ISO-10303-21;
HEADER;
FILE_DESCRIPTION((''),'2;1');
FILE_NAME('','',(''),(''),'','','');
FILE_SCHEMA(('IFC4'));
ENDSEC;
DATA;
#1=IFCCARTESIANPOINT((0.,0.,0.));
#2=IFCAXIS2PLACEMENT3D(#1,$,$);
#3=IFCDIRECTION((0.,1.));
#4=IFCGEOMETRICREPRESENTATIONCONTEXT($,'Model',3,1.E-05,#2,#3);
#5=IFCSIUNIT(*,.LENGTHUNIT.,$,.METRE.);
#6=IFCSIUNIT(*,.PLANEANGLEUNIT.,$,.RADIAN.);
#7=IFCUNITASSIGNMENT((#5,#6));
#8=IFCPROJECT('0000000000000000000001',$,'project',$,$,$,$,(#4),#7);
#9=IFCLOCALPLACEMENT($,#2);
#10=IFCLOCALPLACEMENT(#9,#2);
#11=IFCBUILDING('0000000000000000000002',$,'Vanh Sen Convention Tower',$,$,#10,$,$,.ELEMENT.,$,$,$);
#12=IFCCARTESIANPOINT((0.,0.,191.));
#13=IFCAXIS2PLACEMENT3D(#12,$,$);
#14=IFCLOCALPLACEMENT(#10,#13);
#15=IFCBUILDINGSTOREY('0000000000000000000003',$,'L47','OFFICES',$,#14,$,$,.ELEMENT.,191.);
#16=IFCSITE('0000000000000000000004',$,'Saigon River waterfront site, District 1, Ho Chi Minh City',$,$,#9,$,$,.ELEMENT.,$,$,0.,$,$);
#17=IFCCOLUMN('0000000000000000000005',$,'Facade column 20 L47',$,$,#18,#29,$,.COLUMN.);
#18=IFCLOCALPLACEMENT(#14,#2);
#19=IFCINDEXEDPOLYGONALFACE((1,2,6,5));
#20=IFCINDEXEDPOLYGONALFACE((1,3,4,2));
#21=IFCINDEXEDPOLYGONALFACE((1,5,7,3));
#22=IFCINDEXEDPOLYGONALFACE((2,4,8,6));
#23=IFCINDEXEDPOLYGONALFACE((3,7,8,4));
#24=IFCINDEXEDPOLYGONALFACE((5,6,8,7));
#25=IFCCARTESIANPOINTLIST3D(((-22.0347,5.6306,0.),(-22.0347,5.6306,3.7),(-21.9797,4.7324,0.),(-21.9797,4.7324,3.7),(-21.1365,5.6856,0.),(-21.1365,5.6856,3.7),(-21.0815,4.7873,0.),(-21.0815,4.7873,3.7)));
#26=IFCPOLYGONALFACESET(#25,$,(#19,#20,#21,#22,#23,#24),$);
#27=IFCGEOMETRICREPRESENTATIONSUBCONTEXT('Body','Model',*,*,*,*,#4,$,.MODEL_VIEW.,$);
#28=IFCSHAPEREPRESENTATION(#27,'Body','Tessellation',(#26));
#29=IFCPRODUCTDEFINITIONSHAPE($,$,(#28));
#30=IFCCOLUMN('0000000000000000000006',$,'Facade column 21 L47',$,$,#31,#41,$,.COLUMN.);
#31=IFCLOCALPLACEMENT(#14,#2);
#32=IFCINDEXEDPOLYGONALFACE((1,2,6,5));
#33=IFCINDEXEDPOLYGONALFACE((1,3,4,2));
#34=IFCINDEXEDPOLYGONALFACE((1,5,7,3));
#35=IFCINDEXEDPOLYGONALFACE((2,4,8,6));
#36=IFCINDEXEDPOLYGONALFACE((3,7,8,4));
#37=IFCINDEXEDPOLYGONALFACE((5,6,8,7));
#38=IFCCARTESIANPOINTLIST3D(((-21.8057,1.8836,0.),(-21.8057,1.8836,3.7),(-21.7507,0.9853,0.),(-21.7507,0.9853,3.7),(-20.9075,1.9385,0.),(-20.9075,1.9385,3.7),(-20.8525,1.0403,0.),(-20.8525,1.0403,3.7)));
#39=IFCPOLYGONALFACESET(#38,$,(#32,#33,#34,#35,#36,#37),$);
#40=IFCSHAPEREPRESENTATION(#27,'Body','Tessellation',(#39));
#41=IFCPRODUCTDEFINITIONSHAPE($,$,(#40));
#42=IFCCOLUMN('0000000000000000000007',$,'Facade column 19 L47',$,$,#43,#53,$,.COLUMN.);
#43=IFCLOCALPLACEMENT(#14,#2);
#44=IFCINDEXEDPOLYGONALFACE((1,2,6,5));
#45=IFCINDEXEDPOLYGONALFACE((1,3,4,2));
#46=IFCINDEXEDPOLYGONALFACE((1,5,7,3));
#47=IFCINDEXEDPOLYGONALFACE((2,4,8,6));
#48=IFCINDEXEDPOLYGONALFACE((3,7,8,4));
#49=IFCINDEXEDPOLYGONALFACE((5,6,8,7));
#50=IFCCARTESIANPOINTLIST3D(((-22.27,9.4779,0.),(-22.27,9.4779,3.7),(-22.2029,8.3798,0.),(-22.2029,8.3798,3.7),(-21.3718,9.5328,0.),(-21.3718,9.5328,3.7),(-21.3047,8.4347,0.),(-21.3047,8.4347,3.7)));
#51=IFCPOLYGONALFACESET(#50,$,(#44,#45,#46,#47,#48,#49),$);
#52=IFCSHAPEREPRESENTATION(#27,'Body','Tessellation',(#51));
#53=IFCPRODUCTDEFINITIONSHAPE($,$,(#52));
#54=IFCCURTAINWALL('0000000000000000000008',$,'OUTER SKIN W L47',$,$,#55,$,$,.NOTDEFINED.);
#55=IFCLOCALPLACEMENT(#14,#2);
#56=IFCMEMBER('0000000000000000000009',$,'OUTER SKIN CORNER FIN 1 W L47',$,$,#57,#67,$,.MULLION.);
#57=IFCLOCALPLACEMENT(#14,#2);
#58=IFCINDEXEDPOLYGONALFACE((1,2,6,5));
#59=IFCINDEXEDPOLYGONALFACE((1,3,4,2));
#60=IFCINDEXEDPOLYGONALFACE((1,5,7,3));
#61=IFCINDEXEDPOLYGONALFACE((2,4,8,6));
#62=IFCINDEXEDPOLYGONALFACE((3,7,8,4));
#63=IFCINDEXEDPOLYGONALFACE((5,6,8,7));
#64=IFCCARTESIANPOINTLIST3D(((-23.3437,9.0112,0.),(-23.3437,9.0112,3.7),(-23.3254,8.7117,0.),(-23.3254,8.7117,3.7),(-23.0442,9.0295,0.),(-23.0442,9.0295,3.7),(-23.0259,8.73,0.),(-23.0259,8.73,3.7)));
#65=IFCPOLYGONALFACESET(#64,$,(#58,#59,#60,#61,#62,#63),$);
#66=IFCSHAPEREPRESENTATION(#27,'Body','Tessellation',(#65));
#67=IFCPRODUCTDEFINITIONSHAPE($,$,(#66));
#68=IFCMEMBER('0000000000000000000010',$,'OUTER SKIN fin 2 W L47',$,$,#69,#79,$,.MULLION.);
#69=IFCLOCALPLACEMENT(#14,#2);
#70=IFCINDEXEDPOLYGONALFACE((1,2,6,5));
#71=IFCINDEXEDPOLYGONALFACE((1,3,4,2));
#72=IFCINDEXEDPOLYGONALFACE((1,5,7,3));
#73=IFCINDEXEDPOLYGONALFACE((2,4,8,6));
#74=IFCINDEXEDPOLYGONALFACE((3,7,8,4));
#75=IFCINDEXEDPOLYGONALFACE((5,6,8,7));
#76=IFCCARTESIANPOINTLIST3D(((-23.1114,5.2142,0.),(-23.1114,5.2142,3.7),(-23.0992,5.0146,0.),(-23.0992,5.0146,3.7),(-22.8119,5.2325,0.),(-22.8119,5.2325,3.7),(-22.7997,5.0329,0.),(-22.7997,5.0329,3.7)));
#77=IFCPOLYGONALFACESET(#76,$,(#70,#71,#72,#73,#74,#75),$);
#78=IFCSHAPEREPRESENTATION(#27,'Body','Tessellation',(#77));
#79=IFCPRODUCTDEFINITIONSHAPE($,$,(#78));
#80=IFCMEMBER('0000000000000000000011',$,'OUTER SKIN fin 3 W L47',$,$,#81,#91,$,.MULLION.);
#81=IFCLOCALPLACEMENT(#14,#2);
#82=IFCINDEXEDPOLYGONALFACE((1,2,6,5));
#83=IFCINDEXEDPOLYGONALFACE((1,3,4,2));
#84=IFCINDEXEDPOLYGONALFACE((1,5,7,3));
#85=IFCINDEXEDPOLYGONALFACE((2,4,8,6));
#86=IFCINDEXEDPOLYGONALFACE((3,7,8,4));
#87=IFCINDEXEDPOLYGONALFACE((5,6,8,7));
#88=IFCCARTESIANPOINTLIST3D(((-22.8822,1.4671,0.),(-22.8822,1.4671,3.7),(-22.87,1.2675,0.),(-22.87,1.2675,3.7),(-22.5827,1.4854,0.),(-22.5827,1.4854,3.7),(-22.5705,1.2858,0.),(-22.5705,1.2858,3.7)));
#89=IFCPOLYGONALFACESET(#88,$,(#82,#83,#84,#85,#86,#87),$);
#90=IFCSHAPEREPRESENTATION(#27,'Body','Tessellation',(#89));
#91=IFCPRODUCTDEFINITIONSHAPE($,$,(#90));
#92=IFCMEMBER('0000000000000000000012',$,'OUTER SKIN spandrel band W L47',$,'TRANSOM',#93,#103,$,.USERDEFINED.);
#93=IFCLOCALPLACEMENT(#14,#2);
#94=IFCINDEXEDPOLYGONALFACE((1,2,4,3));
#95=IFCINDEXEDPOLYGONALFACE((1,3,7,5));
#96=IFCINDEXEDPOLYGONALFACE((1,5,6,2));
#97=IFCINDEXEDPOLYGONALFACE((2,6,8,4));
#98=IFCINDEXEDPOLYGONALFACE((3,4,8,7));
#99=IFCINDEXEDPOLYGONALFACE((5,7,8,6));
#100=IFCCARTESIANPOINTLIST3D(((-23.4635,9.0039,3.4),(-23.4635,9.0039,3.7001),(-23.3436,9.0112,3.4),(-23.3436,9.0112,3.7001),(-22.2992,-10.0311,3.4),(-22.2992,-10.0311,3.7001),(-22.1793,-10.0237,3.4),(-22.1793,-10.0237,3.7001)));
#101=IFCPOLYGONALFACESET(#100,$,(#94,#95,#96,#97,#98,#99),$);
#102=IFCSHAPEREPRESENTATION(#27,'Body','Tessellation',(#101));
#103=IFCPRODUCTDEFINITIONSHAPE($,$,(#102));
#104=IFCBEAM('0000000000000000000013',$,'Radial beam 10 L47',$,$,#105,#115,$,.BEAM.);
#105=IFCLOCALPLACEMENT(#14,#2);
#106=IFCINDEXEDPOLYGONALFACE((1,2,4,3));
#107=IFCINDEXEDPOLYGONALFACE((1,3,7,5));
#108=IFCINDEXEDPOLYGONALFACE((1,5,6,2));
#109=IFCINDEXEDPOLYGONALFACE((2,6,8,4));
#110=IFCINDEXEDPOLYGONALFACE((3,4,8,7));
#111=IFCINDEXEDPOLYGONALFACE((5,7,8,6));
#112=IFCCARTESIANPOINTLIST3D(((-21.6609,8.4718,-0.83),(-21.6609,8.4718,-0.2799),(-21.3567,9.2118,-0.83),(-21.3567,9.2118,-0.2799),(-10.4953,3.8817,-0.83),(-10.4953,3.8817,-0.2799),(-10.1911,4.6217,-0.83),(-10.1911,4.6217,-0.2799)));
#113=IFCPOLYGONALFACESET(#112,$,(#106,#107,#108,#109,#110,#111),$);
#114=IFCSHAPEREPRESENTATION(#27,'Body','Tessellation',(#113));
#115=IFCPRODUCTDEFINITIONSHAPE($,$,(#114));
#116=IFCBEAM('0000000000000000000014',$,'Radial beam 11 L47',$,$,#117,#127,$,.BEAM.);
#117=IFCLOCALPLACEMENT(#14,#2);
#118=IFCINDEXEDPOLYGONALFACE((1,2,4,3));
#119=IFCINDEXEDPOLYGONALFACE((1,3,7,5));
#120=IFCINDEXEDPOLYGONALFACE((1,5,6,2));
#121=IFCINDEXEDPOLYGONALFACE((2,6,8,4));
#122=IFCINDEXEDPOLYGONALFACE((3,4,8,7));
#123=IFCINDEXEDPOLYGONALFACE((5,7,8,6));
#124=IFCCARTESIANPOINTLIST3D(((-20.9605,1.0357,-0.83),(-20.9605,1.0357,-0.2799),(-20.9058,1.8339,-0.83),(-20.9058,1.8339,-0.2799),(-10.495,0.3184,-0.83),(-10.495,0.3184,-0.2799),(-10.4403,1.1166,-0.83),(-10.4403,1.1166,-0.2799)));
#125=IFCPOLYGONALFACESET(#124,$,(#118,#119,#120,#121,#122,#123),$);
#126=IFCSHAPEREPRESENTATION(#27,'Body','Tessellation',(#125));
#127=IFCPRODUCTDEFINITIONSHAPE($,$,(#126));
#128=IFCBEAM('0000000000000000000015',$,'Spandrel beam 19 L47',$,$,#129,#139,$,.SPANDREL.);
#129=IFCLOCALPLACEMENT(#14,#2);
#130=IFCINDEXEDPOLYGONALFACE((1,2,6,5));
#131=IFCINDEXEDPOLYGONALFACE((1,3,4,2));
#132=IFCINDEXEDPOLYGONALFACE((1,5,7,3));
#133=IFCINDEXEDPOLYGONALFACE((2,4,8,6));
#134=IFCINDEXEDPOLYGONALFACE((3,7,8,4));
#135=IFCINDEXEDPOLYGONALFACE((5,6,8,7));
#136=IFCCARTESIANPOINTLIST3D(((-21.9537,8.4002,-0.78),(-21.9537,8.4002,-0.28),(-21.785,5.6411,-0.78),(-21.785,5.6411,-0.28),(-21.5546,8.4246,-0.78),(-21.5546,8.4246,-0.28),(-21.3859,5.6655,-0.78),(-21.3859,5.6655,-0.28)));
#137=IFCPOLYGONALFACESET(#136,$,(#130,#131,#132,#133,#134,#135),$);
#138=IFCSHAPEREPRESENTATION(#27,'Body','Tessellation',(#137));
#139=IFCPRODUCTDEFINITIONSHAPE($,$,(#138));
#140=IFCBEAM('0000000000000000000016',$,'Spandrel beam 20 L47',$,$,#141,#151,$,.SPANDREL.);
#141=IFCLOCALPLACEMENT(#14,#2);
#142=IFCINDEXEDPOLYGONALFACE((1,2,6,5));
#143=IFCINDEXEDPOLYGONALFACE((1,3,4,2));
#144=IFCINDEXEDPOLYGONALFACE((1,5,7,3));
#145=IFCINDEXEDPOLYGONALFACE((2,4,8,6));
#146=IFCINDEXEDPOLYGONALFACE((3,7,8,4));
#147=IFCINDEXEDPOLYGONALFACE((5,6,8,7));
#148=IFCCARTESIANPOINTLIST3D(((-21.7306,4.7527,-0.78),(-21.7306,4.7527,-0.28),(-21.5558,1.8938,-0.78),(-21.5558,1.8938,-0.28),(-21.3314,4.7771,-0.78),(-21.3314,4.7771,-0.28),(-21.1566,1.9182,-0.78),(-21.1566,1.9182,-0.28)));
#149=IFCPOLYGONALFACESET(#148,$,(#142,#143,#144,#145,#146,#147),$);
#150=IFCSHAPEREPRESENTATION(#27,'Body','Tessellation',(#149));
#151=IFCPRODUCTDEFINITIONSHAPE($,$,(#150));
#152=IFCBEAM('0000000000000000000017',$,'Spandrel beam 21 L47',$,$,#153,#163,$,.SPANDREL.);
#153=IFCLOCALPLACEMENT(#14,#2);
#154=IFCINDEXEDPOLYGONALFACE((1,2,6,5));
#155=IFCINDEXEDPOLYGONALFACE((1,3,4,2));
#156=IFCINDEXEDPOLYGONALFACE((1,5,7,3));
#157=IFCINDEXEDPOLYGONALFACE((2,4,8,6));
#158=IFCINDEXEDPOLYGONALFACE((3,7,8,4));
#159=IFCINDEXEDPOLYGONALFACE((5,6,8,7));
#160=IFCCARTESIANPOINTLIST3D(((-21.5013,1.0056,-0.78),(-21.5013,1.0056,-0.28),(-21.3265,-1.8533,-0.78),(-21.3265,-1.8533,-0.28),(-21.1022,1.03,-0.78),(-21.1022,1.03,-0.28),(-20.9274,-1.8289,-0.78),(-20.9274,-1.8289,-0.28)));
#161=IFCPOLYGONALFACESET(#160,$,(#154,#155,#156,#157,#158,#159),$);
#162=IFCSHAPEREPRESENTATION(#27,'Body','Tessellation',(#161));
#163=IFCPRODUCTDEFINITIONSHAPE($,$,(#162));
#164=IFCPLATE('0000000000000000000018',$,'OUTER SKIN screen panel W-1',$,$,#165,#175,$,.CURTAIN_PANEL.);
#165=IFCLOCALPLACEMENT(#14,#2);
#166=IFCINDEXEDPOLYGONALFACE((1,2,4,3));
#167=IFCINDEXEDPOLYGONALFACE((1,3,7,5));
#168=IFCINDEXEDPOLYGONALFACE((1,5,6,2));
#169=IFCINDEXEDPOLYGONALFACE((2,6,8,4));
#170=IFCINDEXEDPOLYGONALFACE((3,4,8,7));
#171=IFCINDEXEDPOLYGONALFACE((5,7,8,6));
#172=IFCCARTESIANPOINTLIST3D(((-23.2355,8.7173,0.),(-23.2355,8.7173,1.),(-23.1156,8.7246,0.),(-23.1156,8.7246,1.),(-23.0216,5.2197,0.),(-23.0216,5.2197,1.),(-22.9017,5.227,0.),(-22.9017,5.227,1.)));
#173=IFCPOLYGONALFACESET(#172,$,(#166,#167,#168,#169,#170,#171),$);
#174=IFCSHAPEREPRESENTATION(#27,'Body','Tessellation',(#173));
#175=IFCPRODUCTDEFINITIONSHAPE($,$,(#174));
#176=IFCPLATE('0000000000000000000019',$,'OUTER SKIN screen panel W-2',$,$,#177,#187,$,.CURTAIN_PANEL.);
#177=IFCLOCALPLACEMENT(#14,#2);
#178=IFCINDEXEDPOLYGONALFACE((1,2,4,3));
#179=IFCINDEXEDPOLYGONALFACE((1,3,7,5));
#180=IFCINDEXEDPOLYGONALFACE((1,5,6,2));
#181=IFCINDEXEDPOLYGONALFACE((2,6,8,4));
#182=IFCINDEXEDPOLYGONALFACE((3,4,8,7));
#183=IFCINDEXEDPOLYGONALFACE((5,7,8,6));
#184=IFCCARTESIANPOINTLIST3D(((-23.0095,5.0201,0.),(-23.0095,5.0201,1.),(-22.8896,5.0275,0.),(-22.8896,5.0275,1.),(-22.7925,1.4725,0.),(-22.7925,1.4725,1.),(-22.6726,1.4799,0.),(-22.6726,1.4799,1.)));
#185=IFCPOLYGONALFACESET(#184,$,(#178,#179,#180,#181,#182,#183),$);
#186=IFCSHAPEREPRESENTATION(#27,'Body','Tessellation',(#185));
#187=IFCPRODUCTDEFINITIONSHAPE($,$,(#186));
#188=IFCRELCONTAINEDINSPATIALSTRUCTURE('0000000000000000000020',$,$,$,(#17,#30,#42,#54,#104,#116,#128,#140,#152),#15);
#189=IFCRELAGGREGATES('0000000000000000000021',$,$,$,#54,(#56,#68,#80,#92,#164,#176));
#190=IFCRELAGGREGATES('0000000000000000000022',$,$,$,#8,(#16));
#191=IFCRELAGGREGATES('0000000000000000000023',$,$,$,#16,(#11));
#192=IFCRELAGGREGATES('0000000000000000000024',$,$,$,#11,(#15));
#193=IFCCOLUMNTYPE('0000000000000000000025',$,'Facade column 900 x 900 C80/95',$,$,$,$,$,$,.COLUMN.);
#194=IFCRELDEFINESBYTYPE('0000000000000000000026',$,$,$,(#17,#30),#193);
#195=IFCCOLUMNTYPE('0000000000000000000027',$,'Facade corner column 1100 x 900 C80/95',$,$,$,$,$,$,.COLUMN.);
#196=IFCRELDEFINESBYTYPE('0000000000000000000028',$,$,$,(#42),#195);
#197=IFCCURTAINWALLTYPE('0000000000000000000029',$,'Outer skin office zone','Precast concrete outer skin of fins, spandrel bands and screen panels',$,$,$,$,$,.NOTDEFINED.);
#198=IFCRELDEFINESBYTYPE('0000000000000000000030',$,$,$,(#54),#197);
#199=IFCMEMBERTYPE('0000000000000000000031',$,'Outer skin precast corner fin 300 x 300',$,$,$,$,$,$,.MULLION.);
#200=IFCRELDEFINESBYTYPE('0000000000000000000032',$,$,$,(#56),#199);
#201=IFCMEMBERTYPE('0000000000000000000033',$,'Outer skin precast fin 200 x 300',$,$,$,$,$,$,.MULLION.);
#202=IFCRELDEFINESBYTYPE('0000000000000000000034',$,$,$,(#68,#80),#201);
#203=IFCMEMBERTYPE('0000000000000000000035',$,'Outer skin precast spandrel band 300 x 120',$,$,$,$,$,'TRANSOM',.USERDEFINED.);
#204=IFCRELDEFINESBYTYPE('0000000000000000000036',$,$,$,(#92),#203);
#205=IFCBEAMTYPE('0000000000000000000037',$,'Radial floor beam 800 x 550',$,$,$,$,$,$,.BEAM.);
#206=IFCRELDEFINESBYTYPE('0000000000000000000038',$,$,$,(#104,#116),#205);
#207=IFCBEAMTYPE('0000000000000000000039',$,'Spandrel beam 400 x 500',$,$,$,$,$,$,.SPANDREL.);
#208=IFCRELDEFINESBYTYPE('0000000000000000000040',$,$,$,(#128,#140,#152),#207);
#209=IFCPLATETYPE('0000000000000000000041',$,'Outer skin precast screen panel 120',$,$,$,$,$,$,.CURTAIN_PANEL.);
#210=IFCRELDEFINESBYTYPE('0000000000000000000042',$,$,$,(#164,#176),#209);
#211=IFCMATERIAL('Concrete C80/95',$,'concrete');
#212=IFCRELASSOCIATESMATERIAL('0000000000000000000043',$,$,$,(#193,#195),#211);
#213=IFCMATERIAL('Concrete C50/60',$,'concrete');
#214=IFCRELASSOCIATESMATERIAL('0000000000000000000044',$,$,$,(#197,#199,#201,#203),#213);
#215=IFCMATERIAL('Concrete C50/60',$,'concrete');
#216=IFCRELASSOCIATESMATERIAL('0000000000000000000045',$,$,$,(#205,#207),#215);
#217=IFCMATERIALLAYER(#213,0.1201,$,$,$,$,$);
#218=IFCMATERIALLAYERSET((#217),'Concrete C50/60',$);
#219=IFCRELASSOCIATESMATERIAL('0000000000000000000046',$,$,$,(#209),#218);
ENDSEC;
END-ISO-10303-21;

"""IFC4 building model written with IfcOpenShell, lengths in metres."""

from ifc_helpers import new_model, si_unit, direction, frame, origin, origin_2d, place, context, subcontext, project, spatial, rectangle, extrude, material, layer, layer_set, material_profile, profile_set, type_object, element, aggregate, save


model = new_model("IFC4")

# Units and contexts
model_context = context("Model", 3, precision=1e-05, world=origin(), true_north=direction((0.0, 1.0)))
body_context = subcontext(model_context, "Body", "Model", "MODEL_VIEW")
ifc_project = project(units=[si_unit("LENGTHUNIT", "METRE"), si_unit("PLANEANGLEUNIT", "RADIAN")], contexts=[model_context])

# Site, building, storey
site_placement = place(None, origin())
site = spatial("IfcSite", under=ifc_project, at=site_placement, Name="Saigon River waterfront site, District 1, Ho Chi Minh City", CompositionType="ELEMENT", RefElevation=0.0)
building_placement = place(site_placement, origin())
building = spatial("IfcBuilding", under=site, at=building_placement, Name="Vanh Sen Convention Tower", CompositionType="ELEMENT")
storey_placement = place(building_placement, frame((0.0, 0.0, 191.0)))
storey = spatial("IfcBuildingStorey", under=building, at=storey_placement, Name="L47", Description="OFFICES", CompositionType="ELEMENT", Elevation=191.0)

# Columns
ifc_material_1 = material(Name="Concrete C80/95", Category="concrete")
ifc_material_profile_1 = material_profile(ifc_material_1, rectangle(XDim=0.8999, YDim=0.8999, at=origin_2d()), Name="RC 900X900")
ifc_profile_set_1 = profile_set([ifc_material_profile_1], Name="Concrete C80/95")
column_type_1 = type_object("IfcColumnType", Name="Facade column 900 x 900 C80/95", PredefinedType="COLUMN", material=ifc_profile_set_1)
for number, where, z_axis, x_axis, name in (
    (1, (-21.5581, 5.209, 0.0), (0.0, 0.0, 1.0), (0.061049, -0.998135, 0.0), "Facade column 20 L47"),
    (2, (-21.3291, 1.4619, 0.0), (0.0, 0.0, 1.0), (0.061049, -0.998135, 0.0), "Facade column 21 L47"),
):
    element("IfcColumn", number, at=place(storey_placement, frame(where, z_axis=z_axis, x_axis=x_axis)), inside=storey, type_object=column_type_1, Name=name, PredefinedType="COLUMN", context=body_context, shape_type="SweptSolid", body=[
        extrude(rectangle(XDim=0.8999, YDim=0.8999, at=origin_2d()), origin(), (0.0, 0.0, 1.0), 3.7),
    ])
ifc_material_profile_2 = material_profile(ifc_material_1, rectangle(XDim=1.1001, YDim=0.8999, at=origin_2d()), Name="RC 1100X900")
ifc_profile_set_2 = profile_set([ifc_material_profile_2], Name="Concrete C80/95")
column_type_2 = type_object("IfcColumnType", Name="Facade corner column 1100 x 900 C80/95", PredefinedType="COLUMN", material=ifc_profile_set_2)
column_placement = place(storey_placement, frame((-21.7874, 8.9563, 0.0), z_axis=(0.0, 0.0, 1.0), x_axis=(0.061049, -0.998135, 0.0)))
element("IfcColumn", 3, at=column_placement, inside=storey, type_object=column_type_2, Name="Facade column 19 L47", PredefinedType="COLUMN", context=body_context, shape_type="SweptSolid", body=[
    extrude(rectangle(XDim=1.1001, YDim=0.8999, at=origin_2d()), origin(), (0.0, 0.0, 1.0), 3.7),
])

# Curtain wall, members
ifc_material_2 = material(Name="Concrete C50/60", Category="concrete")
curtain_wall_type = type_object("IfcCurtainWallType", Name="Outer skin office zone", Description="Precast concrete outer skin of fins, spandrel bands and screen panels", PredefinedType="NOTDEFINED", material=ifc_material_2)
curtain_wall_placement = place(storey_placement, origin())
curtain_wall = element("IfcCurtainWall", 4, at=curtain_wall_placement, inside=storey, type_object=curtain_wall_type, Name="OUTER SKIN W L47", PredefinedType="NOTDEFINED")
ifc_material_profile_3 = material_profile(ifc_material_2, rectangle(XDim=0.3, YDim=0.3, at=origin_2d()), Name="Outer skin precast corner fin 300 x 300")
ifc_profile_set_3 = profile_set([ifc_material_profile_3], Name="Concrete C50/60")
member_type_1 = type_object("IfcMemberType", Name="Outer skin precast corner fin 300 x 300", PredefinedType="MULLION", material=ifc_profile_set_3)
member_1_placement = place(storey_placement, frame((-23.1848, 8.8706, 0.0), z_axis=(0.0, 0.0, 1.0), x_axis=(0.061049, -0.998135, 0.0)))
member_1 = element("IfcMember", 5, at=member_1_placement, type_object=member_type_1, Name="OUTER SKIN CORNER FIN 1 W L47", PredefinedType="MULLION", context=body_context, shape_type="SweptSolid", body=[
    extrude(rectangle(XDim=0.3, YDim=0.3, at=origin_2d()), origin(), (0.0, 0.0, 1.0), 3.7),
])
ifc_material_profile_4 = material_profile(ifc_material_2, rectangle(XDim=0.2, YDim=0.3, at=origin_2d()), Name="Outer skin precast fin 200 x 300")
ifc_profile_set_4 = profile_set([ifc_material_profile_4], Name="Concrete C50/60")
member_type_2 = type_object("IfcMemberType", Name="Outer skin precast fin 200 x 300", PredefinedType="MULLION", material=ifc_profile_set_4)
member_2_placement = place(storey_placement, frame((-22.9556, 5.1235, 0.0), z_axis=(0.0, 0.0, 1.0), x_axis=(0.061049, -0.998135, 0.0)))
member_2 = element("IfcMember", 6, at=member_2_placement, type_object=member_type_2, Name="OUTER SKIN fin 2 W L47", PredefinedType="MULLION", context=body_context, shape_type="SweptSolid", body=[
    extrude(rectangle(XDim=0.2, YDim=0.3, at=origin_2d()), origin(), (0.0, 0.0, 1.0), 3.7),
])
member_3_placement = place(storey_placement, frame((-22.7263, 1.3765, 0.0), z_axis=(0.0, 0.0, 1.0), x_axis=(0.061049, -0.998135, 0.0)))
member_3 = element("IfcMember", 7, at=member_3_placement, type_object=member_type_2, Name="OUTER SKIN fin 3 W L47", PredefinedType="MULLION", context=body_context, shape_type="SweptSolid", body=[
    extrude(rectangle(XDim=0.2, YDim=0.3, at=origin_2d()), origin(), (0.0, 0.0, 1.0), 3.7),
])
ifc_material_profile_5 = material_profile(ifc_material_2, rectangle(XDim=0.1201, YDim=0.3, at=origin_2d()), Name="Outer skin precast spandrel band 300 x 120")
ifc_profile_set_5 = profile_set([ifc_material_profile_5], Name="Concrete C50/60")
member_type_3 = type_object("IfcMemberType", Name="Outer skin precast spandrel band 300 x 120", ElementType="TRANSOM", PredefinedType="USERDEFINED", material=ifc_profile_set_5)
member_4_placement = place(storey_placement, frame((-23.4036, 9.0076, 3.55), z_axis=(0.061053, -0.998135, 0.0), x_axis=(0.998135, 0.061053, 0.0)))
member_4 = element("IfcMember", 8, at=member_4_placement, type_object=member_type_3, Name="OUTER SKIN spandrel band W L47", ObjectType="TRANSOM", PredefinedType="USERDEFINED", context=body_context, shape_type="SweptSolid", body=[
    extrude(rectangle(XDim=0.1201, YDim=0.3, at=origin_2d()), origin(), (0.0, 0.0, 1.0), 19.0706),
])

# Beams
ifc_material_3 = material(Name="Concrete C50/60", Category="concrete")
ifc_material_profile_6 = material_profile(ifc_material_3, rectangle(XDim=0.8, YDim=0.55, at=origin_2d()), Name="RC 800X550")
ifc_profile_set_6 = profile_set([ifc_material_profile_6], Name="Concrete C50/60")
beam_type_1 = type_object("IfcBeamType", Name="Radial floor beam 800 x 550", PredefinedType="BEAM", material=ifc_profile_set_6)
beam_1_placement = place(storey_placement, frame((-21.5088, 8.8418, -0.5549), z_axis=(0.924896, -0.38022, 0.0), x_axis=(0.38022, 0.924896, 0.0)))
element("IfcBeam", 9, at=beam_1_placement, inside=storey, type_object=beam_type_1, Name="Radial beam 10 L47", PredefinedType="BEAM", context=body_context, shape_type="SweptSolid", body=[
    extrude(rectangle(XDim=0.8, YDim=0.55, at=origin_2d()), origin(), (0.0, 0.0, 1.0), 12.0723),
])
beam_2_placement = place(storey_placement, frame((-20.9331, 1.4348, -0.5549), z_axis=(0.997659, -0.068379, 0.0), x_axis=(0.068379, 0.997659, 0.0)))
element("IfcBeam", 10, at=beam_2_placement, inside=storey, type_object=beam_type_1, Name="Radial beam 11 L47", PredefinedType="BEAM", context=body_context, shape_type="SweptSolid", body=[
    extrude(rectangle(XDim=0.8, YDim=0.55, at=origin_2d()), origin(), (0.0, 0.0, 1.0), 10.49),
])
ifc_material_profile_7 = material_profile(ifc_material_3, rectangle(XDim=0.3999, YDim=0.5, at=origin_2d()), Name="RC 400X500")
ifc_profile_set_7 = profile_set([ifc_material_profile_7], Name="Concrete C50/60")
beam_type_2 = type_object("IfcBeamType", Name="Spandrel beam 400 x 500", PredefinedType="SPANDREL", material=ifc_profile_set_7)
beam_3_placement = place(storey_placement, frame((-21.7542, 8.4124, -0.53), z_axis=(0.061031, -0.998136, 0.0), x_axis=(0.998136, 0.061031, 0.0)))
element("IfcBeam", 11, at=beam_3_placement, inside=storey, type_object=beam_type_2, Name="Spandrel beam 19 L47", PredefinedType="SPANDREL", context=body_context, shape_type="SweptSolid", body=[
    extrude(rectangle(XDim=0.3999, YDim=0.5, at=origin_2d()), origin(), (0.0, 0.0, 1.0), 2.7642),
])
for number, where, z_axis, x_axis, name in (
    (12, (-21.531, 4.7649, -0.53), (0.06103, -0.998136, 0.0), (0.998136, 0.06103, 0.0), "Spandrel beam 20 L47"),
    (13, (-21.3018, 1.0178, -0.53), (0.06103, -0.998136, 0.0), (0.998136, 0.06103, 0.0), "Spandrel beam 21 L47"),
):
    element("IfcBeam", number, at=place(storey_placement, frame(where, z_axis=z_axis, x_axis=x_axis)), inside=storey, type_object=beam_type_2, Name=name, PredefinedType="SPANDREL", context=body_context, shape_type="SweptSolid", body=[
        extrude(rectangle(XDim=0.3999, YDim=0.5, at=origin_2d()), origin(), (0.0, 0.0, 1.0), 2.8643),
    ])

# Plates
ifc_layer_1 = layer(ifc_material_2, 0.1201)
ifc_layer_set_1 = layer_set([ifc_layer_1], Name="Concrete C50/60")
plate_type = type_object("IfcPlateType", Name="Outer skin precast screen panel 120", PredefinedType="CURTAIN_PANEL", material=ifc_layer_set_1)
plate_1_placement = place(storey_placement, frame((-23.0686, 6.9722, 0.0), z_axis=(0.0, 0.0, 1.0), x_axis=(0.061054, -0.998134, 0.0)))
plate_1 = element("IfcPlate", 14, at=plate_1_placement, type_object=plate_type, Name="OUTER SKIN screen panel W-1", PredefinedType="CURTAIN_PANEL", context=body_context, shape_type="SweptSolid", body=[
    extrude(rectangle(XDim=3.5042, YDim=0.1201, at=origin_2d()), origin(), (0.0, 0.0, 1.0), 1.0),
])
plate_2_placement = place(storey_placement, frame((-22.8411, 3.25, 0.0), z_axis=(0.0, 0.0, 1.0), x_axis=(0.061052, -0.998135, 0.0)))
plate_2 = element("IfcPlate", 15, at=plate_2_placement, type_object=plate_type, Name="OUTER SKIN screen panel W-2", PredefinedType="CURTAIN_PANEL", context=body_context, shape_type="SweptSolid", body=[
    extrude(rectangle(XDim=3.5542, YDim=0.1201, at=origin_2d()), origin(), (0.0, 0.0, 1.0), 1.0),
])
aggregate(curtain_wall, [member_1, member_2, member_3, member_4, plate_1, plate_2])

save(model, "model.ifc")
